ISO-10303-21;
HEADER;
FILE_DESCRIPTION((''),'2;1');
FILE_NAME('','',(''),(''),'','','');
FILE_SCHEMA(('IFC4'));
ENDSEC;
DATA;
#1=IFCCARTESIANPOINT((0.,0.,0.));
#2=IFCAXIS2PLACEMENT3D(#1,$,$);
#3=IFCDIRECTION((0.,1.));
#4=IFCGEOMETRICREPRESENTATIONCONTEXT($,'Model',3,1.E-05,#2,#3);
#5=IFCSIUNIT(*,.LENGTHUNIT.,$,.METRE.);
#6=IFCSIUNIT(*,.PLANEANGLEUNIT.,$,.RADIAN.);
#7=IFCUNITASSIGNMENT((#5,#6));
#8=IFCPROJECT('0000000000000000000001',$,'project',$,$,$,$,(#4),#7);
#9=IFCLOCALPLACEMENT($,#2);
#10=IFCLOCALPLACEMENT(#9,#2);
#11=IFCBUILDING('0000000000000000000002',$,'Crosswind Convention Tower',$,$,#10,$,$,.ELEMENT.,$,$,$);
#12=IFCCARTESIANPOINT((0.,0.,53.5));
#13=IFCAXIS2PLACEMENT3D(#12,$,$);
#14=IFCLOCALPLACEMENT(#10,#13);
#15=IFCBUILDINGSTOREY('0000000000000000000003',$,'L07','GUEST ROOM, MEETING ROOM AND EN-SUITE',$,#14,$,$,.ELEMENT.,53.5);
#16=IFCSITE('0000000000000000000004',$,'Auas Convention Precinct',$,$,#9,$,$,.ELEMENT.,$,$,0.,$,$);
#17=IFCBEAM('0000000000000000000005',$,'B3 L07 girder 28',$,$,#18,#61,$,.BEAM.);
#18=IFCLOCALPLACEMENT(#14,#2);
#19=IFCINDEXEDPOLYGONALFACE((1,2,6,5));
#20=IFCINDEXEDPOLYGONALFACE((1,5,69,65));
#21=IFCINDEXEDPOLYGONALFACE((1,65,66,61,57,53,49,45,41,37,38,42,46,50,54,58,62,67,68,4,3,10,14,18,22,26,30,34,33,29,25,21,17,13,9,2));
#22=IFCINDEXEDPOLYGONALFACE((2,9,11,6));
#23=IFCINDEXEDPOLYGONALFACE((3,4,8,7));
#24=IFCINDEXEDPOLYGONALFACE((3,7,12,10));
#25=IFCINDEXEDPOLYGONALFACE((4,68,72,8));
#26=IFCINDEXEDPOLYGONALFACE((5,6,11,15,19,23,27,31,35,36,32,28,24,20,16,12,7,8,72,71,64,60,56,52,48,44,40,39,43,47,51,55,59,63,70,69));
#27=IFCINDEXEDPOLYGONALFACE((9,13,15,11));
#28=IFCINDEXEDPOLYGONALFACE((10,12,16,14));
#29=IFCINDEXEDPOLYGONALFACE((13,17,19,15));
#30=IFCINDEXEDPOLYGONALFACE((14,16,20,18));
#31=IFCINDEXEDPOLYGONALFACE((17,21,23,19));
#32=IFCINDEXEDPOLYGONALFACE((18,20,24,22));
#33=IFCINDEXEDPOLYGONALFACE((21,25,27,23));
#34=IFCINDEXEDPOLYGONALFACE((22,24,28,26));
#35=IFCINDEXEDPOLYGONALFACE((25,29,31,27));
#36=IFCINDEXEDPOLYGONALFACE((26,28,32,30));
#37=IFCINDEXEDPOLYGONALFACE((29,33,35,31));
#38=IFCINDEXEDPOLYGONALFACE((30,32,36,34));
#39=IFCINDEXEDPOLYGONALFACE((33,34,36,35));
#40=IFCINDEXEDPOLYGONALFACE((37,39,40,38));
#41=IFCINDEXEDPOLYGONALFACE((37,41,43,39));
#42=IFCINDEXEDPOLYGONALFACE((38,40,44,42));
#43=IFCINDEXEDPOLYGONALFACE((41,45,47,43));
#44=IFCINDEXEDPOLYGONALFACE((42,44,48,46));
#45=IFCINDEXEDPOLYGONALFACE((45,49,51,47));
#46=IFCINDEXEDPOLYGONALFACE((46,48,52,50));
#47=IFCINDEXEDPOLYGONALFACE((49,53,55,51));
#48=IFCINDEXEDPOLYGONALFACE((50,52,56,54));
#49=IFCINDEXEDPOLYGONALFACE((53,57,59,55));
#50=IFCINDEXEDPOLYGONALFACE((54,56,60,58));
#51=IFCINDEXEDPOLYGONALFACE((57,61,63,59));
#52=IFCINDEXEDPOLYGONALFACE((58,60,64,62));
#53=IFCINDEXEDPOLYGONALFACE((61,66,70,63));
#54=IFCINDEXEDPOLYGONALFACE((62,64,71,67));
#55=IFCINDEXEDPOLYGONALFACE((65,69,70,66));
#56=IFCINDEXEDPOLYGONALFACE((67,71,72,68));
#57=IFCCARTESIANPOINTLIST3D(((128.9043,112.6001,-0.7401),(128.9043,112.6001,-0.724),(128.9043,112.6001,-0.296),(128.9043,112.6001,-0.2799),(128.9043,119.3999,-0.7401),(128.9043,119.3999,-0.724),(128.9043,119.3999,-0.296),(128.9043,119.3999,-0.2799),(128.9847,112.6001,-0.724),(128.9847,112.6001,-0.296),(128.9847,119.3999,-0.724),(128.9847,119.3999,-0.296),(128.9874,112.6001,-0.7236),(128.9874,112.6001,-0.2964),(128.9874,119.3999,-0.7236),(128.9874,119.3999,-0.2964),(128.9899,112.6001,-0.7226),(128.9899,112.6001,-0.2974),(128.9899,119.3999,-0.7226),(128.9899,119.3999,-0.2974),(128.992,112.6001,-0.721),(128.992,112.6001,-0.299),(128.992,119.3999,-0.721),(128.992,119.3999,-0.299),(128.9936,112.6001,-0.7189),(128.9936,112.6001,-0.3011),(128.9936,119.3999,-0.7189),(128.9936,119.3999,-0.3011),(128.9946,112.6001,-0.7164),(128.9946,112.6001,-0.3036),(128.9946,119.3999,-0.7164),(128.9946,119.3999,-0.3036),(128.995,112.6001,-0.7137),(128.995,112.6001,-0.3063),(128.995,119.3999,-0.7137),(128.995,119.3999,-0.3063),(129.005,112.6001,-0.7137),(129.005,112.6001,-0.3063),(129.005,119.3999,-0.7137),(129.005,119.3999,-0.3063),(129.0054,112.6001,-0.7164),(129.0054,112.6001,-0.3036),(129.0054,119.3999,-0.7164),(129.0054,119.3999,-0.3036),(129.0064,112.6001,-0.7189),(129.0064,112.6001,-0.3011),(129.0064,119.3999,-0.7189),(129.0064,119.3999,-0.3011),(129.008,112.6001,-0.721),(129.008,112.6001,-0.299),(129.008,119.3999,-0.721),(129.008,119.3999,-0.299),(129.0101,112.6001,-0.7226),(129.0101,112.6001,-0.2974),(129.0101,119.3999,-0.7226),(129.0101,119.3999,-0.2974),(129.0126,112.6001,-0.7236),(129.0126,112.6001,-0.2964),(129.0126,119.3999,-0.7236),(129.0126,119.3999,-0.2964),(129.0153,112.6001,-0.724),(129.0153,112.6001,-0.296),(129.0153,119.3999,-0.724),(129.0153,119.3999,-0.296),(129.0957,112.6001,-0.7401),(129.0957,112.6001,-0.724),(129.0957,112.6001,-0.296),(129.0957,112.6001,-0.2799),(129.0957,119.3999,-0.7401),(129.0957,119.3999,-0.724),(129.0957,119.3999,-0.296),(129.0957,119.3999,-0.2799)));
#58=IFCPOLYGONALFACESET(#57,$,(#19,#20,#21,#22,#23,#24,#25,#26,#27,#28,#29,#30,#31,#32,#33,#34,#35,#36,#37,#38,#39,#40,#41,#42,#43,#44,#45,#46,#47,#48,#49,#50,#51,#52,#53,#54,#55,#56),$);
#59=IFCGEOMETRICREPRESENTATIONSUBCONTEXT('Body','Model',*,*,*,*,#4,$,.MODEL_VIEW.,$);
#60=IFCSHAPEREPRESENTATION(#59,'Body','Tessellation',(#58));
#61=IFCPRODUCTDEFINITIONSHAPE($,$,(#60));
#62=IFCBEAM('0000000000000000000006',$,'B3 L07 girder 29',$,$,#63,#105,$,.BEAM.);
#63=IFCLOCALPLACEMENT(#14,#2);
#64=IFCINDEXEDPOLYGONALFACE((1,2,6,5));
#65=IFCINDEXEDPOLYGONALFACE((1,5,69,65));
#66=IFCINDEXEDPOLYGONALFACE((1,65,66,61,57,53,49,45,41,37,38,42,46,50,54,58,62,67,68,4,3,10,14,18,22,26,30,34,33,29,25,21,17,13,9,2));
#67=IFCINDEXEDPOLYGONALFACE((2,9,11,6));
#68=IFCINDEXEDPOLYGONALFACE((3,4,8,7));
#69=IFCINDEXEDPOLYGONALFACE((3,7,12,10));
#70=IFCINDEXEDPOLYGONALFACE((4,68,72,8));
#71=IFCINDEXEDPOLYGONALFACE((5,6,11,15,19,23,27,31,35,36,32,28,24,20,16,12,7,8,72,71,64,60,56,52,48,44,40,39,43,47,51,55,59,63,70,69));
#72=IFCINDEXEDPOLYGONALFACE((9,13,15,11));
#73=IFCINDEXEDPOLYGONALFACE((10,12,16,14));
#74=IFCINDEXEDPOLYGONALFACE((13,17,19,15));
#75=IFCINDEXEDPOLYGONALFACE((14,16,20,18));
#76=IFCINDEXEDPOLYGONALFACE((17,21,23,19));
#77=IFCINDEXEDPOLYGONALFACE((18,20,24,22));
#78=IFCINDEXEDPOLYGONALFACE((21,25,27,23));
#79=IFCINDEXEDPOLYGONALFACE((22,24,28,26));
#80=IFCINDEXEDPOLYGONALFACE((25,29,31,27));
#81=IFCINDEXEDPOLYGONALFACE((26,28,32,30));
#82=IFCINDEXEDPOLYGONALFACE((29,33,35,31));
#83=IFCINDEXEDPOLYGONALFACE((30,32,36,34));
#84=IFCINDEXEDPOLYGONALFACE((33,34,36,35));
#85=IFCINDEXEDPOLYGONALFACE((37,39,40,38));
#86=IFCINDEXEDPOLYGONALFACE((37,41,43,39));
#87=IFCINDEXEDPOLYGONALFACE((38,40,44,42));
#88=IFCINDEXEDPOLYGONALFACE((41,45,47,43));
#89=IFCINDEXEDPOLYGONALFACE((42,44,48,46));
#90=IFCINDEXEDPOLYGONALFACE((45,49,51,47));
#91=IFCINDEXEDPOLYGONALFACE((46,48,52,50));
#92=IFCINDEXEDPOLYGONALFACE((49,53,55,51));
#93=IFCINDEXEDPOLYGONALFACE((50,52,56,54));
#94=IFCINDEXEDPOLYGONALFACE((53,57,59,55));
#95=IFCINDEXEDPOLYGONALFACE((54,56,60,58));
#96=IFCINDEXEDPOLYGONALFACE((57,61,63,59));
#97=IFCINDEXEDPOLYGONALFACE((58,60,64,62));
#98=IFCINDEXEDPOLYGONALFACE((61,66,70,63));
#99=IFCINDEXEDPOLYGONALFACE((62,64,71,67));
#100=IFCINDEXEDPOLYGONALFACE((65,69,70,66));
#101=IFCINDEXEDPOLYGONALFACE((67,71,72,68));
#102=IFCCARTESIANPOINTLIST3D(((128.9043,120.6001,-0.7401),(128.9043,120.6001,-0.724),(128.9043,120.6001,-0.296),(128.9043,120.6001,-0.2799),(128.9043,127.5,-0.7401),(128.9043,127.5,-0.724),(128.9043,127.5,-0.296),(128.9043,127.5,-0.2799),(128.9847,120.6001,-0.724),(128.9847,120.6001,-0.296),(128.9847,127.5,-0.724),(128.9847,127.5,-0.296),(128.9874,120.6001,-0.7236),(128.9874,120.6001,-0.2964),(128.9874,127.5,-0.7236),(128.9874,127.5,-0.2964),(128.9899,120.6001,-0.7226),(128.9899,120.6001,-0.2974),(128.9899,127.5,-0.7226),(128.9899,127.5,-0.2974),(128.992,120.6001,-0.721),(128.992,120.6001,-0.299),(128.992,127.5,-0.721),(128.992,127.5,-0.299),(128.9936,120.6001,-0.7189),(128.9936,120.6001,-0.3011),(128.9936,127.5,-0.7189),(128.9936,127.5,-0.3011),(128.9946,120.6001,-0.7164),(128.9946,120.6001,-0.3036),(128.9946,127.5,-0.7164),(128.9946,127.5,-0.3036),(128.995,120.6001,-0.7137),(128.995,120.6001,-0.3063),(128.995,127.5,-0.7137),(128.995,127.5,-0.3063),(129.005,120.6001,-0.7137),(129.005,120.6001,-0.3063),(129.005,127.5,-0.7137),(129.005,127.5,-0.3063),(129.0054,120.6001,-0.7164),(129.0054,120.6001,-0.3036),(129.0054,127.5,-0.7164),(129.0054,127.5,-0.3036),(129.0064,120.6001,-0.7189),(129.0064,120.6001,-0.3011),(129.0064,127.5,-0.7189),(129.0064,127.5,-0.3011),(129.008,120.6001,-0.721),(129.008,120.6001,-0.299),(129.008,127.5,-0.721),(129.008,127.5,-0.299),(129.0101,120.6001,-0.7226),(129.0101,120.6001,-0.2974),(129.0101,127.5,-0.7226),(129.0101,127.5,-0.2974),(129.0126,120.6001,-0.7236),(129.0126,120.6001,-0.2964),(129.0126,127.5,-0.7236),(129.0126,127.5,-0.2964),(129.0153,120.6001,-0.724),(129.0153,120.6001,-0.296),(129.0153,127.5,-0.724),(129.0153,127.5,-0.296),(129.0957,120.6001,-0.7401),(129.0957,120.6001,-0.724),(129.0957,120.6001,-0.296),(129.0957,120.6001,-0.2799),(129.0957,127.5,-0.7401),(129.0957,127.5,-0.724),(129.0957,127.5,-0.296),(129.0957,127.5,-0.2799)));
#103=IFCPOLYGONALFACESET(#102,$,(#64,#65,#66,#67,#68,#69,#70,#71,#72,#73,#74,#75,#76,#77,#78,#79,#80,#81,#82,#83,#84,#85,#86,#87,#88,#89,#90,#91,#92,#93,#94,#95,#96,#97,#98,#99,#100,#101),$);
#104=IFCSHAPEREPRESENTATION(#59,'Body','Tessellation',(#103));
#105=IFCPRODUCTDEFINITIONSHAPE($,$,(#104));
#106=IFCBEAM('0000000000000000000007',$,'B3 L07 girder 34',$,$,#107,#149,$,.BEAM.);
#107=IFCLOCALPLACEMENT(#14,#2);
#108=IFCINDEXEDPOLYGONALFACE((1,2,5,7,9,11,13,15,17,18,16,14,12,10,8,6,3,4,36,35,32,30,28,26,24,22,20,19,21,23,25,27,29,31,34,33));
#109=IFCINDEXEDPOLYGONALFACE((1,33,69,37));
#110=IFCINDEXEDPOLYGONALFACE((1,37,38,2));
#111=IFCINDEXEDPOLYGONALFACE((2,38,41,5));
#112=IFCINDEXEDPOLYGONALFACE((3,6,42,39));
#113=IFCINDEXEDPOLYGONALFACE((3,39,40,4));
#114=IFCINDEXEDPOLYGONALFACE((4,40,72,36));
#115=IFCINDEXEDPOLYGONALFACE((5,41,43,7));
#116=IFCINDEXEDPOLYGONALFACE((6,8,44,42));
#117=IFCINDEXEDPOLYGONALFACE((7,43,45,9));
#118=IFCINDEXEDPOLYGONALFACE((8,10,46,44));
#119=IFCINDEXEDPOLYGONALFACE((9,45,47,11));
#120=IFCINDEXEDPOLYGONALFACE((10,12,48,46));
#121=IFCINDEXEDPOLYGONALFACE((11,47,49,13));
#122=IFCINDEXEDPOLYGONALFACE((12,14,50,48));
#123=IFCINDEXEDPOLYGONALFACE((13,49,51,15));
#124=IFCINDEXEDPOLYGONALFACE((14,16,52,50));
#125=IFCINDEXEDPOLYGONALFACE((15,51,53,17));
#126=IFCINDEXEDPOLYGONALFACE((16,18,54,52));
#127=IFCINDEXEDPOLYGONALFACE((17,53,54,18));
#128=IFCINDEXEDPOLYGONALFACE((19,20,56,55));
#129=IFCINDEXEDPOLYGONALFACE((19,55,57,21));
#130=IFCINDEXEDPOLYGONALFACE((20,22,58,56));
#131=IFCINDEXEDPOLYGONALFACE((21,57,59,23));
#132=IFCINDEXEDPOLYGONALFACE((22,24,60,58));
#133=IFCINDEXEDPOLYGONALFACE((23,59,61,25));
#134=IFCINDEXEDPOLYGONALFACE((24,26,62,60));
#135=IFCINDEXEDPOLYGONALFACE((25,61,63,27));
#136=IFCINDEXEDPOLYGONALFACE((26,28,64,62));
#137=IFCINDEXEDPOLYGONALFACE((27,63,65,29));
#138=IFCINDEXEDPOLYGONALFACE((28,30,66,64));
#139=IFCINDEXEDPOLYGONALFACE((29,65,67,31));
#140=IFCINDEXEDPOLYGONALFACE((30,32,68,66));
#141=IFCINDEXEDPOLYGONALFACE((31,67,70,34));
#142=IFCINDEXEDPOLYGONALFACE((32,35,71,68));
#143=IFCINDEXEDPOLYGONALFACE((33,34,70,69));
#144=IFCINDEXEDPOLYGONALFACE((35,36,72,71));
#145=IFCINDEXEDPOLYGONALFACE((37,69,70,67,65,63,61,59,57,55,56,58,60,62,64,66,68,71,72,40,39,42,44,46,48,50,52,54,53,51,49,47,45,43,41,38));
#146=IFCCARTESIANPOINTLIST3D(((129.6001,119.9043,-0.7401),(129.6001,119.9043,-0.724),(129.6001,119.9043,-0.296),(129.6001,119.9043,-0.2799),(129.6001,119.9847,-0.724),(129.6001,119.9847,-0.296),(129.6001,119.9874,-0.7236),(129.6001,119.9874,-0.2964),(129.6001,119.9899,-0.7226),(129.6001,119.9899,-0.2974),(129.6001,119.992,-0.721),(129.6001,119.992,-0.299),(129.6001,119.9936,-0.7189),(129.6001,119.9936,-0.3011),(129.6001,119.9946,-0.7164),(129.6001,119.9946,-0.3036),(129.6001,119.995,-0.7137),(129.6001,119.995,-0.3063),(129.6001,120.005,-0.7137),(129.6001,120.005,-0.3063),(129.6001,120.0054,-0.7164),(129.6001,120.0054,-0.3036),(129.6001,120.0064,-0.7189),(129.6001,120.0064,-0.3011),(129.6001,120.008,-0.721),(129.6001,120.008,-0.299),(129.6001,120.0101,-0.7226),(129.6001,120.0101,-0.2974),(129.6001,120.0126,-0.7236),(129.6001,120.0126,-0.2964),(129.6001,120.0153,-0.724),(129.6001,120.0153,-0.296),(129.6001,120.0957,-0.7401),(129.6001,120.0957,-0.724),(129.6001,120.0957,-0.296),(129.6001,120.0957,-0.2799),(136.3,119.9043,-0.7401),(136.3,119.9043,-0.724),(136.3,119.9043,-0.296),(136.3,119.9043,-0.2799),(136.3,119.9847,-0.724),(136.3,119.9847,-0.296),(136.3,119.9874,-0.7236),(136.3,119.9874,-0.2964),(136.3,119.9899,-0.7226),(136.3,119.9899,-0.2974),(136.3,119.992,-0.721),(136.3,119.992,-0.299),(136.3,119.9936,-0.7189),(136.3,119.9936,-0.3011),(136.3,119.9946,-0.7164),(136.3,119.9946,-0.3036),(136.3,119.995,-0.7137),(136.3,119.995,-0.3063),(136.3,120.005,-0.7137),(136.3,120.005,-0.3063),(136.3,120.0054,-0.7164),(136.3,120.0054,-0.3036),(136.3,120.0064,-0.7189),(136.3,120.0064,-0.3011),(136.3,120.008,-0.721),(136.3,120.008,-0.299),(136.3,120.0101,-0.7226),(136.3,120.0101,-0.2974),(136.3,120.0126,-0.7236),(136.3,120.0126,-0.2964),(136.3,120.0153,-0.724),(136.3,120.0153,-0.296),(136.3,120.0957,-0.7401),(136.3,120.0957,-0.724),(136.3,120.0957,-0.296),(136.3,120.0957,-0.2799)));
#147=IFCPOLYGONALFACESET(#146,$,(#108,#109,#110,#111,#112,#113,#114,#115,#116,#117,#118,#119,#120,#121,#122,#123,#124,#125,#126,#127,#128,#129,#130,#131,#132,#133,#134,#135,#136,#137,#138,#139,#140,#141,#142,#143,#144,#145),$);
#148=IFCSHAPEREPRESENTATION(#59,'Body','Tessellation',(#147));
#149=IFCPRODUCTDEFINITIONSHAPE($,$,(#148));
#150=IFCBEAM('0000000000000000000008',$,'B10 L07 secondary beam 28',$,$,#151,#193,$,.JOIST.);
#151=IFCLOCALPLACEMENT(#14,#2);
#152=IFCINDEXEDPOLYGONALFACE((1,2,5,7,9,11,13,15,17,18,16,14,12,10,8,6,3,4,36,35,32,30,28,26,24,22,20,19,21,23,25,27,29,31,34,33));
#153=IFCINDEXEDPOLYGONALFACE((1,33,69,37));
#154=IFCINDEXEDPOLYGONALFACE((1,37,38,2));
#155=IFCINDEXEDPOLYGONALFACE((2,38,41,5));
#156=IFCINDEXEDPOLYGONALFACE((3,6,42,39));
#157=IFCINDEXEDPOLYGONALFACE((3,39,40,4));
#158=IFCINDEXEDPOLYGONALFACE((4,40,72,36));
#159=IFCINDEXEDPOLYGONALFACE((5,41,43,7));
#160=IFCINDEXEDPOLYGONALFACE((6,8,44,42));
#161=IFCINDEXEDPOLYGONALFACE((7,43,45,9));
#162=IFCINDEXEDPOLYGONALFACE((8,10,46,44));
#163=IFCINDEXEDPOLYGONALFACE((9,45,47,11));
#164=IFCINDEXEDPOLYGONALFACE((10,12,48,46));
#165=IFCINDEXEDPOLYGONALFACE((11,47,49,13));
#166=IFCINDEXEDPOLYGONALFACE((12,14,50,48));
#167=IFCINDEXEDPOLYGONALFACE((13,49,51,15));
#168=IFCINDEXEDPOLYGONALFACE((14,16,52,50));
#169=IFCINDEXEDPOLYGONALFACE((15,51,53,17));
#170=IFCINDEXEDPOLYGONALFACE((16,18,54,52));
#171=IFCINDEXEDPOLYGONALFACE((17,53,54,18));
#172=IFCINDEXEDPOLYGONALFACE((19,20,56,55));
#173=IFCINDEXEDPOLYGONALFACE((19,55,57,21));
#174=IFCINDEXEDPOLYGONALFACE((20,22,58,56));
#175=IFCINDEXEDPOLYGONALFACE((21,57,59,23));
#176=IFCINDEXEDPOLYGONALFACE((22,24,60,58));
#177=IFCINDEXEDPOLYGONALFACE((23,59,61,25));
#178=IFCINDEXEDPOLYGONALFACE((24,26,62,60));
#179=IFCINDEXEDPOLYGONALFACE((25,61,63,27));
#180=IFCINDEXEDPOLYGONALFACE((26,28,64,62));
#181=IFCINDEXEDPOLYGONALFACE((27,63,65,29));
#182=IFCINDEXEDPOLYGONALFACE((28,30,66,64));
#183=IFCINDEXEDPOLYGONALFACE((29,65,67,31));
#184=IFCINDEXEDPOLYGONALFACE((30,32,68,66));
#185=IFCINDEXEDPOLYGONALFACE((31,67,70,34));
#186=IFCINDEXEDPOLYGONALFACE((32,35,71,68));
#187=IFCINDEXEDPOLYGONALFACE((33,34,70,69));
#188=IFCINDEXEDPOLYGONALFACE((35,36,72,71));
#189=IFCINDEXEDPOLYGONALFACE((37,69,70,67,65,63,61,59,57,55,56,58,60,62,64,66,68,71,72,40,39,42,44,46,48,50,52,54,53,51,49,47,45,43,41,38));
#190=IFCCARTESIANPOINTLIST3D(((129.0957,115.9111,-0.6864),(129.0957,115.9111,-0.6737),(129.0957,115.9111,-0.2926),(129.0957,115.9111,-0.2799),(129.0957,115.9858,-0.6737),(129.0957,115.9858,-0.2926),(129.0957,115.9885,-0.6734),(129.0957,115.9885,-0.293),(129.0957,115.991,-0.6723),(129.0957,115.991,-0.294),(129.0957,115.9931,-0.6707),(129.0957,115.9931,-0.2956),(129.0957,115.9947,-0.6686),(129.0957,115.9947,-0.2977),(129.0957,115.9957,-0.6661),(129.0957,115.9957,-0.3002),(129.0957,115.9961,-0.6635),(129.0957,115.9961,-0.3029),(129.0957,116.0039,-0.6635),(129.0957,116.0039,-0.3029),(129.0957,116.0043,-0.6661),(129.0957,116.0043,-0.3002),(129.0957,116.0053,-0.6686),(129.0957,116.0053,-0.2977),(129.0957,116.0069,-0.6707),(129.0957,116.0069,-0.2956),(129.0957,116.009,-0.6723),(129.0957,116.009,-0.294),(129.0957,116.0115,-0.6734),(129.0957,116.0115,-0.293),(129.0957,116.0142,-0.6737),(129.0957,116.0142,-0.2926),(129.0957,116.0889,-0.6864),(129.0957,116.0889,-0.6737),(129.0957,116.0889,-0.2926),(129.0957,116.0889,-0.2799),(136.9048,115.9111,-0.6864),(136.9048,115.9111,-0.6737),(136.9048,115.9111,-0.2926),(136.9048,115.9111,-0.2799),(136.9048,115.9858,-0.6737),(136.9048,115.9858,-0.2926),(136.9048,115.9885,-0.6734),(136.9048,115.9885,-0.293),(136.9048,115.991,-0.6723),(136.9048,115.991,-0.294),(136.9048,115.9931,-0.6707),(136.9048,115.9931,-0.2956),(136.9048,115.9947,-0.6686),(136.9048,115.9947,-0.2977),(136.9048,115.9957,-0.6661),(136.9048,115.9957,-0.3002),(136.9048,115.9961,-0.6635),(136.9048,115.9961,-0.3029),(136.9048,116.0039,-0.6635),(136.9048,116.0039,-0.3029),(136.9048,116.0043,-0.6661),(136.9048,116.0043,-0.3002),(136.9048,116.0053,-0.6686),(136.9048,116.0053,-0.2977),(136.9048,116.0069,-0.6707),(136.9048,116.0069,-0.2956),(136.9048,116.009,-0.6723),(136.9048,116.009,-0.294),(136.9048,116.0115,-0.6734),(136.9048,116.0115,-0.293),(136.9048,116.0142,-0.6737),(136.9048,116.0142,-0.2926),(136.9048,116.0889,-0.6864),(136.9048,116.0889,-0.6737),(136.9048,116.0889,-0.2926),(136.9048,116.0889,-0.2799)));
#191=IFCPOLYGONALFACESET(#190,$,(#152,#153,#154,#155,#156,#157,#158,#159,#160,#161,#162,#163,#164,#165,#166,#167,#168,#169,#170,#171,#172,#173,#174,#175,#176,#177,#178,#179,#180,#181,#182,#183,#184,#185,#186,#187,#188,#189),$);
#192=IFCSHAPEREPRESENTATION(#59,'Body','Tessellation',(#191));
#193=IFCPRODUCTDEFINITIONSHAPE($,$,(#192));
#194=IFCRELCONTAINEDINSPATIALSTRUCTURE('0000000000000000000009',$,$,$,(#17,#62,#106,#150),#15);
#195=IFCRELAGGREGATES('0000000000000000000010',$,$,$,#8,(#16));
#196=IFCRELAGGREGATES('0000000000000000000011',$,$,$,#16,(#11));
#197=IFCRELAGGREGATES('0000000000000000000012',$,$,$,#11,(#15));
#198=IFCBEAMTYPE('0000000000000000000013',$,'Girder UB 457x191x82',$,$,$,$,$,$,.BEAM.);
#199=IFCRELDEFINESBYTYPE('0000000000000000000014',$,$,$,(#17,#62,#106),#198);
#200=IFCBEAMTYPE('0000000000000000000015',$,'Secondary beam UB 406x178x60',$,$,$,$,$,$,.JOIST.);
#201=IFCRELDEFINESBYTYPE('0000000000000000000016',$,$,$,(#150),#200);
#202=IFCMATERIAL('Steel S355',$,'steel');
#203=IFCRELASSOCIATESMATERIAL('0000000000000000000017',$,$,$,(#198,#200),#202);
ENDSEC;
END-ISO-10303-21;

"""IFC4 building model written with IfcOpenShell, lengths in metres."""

from ifc_helpers import new_model, si_unit, direction, frame, origin, origin_2d, place, context, subcontext, project, spatial, i_section, extrude, material, material_profile, profile_set, type_object, element, save


model = new_model("IFC4")

# Units and contexts
model_context = context("Model", 3, precision=1e-05, world=origin(), true_north=direction((0.0, 1.0)))
body_context = subcontext(model_context, "Body", "Model", "MODEL_VIEW")
ifc_project = project(units=[si_unit("LENGTHUNIT", "METRE"), si_unit("PLANEANGLEUNIT", "RADIAN")], contexts=[model_context])

# Site, building, storey
site_placement = place(None, origin())
site = spatial("IfcSite", under=ifc_project, at=site_placement, Name="Auas Convention Precinct", CompositionType="ELEMENT", RefElevation=0.0)
building_placement = place(site_placement, origin())
building = spatial("IfcBuilding", under=site, at=building_placement, Name="Crosswind Convention Tower", CompositionType="ELEMENT")
storey_placement = place(building_placement, frame((0.0, 0.0, 53.5)))
storey = spatial("IfcBuildingStorey", under=building, at=storey_placement, Name="L07", Description="GUEST ROOM, MEETING ROOM AND EN-SUITE", CompositionType="ELEMENT", Elevation=53.5)

# Beams
ifc_material_1 = material(Name="Steel S355", Category="steel")
ifc_material_profile_1 = material_profile(ifc_material_1, i_section(OverallWidth=0.1914, OverallDepth=0.4602, WebThickness=0.01, FlangeThickness=0.0161, FilletRadius=0.0103, at=origin_2d()), Name="UB 457x191x82")
ifc_profile_set_1 = profile_set([ifc_material_profile_1], Name="Steel S355")
beam_type_1 = type_object("IfcBeamType", Name="Girder UB 457x191x82", PredefinedType="BEAM", material=ifc_profile_set_1)
for number, where, z_axis, x_axis, name in (
    (1, (129.0, 112.6001, -0.51), (0.0, 1.0, 0.0), (-1.0, 0.0, 0.0), "B3 L07 girder 28"),
):
    element("IfcBeam", number, at=place(storey_placement, frame(where, z_axis=z_axis, x_axis=x_axis)), inside=storey, type_object=beam_type_1, Name=name, PredefinedType="BEAM", context=body_context, shape_type="SweptSolid", body=[
        extrude(i_section(OverallWidth=0.1914, OverallDepth=0.4602, WebThickness=0.01, FlangeThickness=0.0161, FilletRadius=0.0103, at=origin_2d()), origin(), (0.0, 0.0, 1.0), 6.7998),
    ])
beam_1_placement = place(storey_placement, frame((129.0, 120.6001, -0.51), z_axis=(0.0, 1.0, 0.0), x_axis=(-1.0, 0.0, 0.0)))
element("IfcBeam", 2, at=beam_1_placement, inside=storey, type_object=beam_type_1, Name="B3 L07 girder 29", PredefinedType="BEAM", context=body_context, shape_type="SweptSolid", body=[
    extrude(i_section(OverallWidth=0.1914, OverallDepth=0.4602, WebThickness=0.01, FlangeThickness=0.0161, FilletRadius=0.0103, at=origin_2d()), origin(), (0.0, 0.0, 1.0), 6.8999),
])
beam_2_placement = place(storey_placement, frame((129.6001, 120.0, -0.51), z_axis=(1.0, 0.0, 0.0), x_axis=(0.0, 1.0, 0.0)))
element("IfcBeam", 3, at=beam_2_placement, inside=storey, type_object=beam_type_1, Name="B3 L07 girder 34", PredefinedType="BEAM", context=body_context, shape_type="SweptSolid", body=[
    extrude(i_section(OverallWidth=0.1914, OverallDepth=0.4602, WebThickness=0.01, FlangeThickness=0.0161, FilletRadius=0.0103, at=origin_2d()), origin(), (0.0, 0.0, 1.0), 6.7),
])
ifc_material_profile_2 = material_profile(ifc_material_1, i_section(OverallWidth=0.1777, OverallDepth=0.4065, WebThickness=0.0078, FlangeThickness=0.0127, FilletRadius=0.0103, at=origin_2d()), Name="UB 406x178x60")
ifc_profile_set_2 = profile_set([ifc_material_profile_2], Name="Steel S355")
beam_type_2 = type_object("IfcBeamType", Name="Secondary beam UB 406x178x60", PredefinedType="JOIST", material=ifc_profile_set_2)
beam_3_placement = place(storey_placement, frame((129.0957, 116.0, -0.4832), z_axis=(1.0, 0.0, 0.0), x_axis=(0.0, 1.0, 0.0)))
element("IfcBeam", 4, at=beam_3_placement, inside=storey, type_object=beam_type_2, Name="B10 L07 secondary beam 28", PredefinedType="JOIST", context=body_context, shape_type="SweptSolid", body=[
    extrude(i_section(OverallWidth=0.1777, OverallDepth=0.4065, WebThickness=0.0078, FlangeThickness=0.0127, FilletRadius=0.0103, at=origin_2d()), origin(), (0.0, 0.0, 1.0), 7.8091),
])

save(model, "model.ifc")
